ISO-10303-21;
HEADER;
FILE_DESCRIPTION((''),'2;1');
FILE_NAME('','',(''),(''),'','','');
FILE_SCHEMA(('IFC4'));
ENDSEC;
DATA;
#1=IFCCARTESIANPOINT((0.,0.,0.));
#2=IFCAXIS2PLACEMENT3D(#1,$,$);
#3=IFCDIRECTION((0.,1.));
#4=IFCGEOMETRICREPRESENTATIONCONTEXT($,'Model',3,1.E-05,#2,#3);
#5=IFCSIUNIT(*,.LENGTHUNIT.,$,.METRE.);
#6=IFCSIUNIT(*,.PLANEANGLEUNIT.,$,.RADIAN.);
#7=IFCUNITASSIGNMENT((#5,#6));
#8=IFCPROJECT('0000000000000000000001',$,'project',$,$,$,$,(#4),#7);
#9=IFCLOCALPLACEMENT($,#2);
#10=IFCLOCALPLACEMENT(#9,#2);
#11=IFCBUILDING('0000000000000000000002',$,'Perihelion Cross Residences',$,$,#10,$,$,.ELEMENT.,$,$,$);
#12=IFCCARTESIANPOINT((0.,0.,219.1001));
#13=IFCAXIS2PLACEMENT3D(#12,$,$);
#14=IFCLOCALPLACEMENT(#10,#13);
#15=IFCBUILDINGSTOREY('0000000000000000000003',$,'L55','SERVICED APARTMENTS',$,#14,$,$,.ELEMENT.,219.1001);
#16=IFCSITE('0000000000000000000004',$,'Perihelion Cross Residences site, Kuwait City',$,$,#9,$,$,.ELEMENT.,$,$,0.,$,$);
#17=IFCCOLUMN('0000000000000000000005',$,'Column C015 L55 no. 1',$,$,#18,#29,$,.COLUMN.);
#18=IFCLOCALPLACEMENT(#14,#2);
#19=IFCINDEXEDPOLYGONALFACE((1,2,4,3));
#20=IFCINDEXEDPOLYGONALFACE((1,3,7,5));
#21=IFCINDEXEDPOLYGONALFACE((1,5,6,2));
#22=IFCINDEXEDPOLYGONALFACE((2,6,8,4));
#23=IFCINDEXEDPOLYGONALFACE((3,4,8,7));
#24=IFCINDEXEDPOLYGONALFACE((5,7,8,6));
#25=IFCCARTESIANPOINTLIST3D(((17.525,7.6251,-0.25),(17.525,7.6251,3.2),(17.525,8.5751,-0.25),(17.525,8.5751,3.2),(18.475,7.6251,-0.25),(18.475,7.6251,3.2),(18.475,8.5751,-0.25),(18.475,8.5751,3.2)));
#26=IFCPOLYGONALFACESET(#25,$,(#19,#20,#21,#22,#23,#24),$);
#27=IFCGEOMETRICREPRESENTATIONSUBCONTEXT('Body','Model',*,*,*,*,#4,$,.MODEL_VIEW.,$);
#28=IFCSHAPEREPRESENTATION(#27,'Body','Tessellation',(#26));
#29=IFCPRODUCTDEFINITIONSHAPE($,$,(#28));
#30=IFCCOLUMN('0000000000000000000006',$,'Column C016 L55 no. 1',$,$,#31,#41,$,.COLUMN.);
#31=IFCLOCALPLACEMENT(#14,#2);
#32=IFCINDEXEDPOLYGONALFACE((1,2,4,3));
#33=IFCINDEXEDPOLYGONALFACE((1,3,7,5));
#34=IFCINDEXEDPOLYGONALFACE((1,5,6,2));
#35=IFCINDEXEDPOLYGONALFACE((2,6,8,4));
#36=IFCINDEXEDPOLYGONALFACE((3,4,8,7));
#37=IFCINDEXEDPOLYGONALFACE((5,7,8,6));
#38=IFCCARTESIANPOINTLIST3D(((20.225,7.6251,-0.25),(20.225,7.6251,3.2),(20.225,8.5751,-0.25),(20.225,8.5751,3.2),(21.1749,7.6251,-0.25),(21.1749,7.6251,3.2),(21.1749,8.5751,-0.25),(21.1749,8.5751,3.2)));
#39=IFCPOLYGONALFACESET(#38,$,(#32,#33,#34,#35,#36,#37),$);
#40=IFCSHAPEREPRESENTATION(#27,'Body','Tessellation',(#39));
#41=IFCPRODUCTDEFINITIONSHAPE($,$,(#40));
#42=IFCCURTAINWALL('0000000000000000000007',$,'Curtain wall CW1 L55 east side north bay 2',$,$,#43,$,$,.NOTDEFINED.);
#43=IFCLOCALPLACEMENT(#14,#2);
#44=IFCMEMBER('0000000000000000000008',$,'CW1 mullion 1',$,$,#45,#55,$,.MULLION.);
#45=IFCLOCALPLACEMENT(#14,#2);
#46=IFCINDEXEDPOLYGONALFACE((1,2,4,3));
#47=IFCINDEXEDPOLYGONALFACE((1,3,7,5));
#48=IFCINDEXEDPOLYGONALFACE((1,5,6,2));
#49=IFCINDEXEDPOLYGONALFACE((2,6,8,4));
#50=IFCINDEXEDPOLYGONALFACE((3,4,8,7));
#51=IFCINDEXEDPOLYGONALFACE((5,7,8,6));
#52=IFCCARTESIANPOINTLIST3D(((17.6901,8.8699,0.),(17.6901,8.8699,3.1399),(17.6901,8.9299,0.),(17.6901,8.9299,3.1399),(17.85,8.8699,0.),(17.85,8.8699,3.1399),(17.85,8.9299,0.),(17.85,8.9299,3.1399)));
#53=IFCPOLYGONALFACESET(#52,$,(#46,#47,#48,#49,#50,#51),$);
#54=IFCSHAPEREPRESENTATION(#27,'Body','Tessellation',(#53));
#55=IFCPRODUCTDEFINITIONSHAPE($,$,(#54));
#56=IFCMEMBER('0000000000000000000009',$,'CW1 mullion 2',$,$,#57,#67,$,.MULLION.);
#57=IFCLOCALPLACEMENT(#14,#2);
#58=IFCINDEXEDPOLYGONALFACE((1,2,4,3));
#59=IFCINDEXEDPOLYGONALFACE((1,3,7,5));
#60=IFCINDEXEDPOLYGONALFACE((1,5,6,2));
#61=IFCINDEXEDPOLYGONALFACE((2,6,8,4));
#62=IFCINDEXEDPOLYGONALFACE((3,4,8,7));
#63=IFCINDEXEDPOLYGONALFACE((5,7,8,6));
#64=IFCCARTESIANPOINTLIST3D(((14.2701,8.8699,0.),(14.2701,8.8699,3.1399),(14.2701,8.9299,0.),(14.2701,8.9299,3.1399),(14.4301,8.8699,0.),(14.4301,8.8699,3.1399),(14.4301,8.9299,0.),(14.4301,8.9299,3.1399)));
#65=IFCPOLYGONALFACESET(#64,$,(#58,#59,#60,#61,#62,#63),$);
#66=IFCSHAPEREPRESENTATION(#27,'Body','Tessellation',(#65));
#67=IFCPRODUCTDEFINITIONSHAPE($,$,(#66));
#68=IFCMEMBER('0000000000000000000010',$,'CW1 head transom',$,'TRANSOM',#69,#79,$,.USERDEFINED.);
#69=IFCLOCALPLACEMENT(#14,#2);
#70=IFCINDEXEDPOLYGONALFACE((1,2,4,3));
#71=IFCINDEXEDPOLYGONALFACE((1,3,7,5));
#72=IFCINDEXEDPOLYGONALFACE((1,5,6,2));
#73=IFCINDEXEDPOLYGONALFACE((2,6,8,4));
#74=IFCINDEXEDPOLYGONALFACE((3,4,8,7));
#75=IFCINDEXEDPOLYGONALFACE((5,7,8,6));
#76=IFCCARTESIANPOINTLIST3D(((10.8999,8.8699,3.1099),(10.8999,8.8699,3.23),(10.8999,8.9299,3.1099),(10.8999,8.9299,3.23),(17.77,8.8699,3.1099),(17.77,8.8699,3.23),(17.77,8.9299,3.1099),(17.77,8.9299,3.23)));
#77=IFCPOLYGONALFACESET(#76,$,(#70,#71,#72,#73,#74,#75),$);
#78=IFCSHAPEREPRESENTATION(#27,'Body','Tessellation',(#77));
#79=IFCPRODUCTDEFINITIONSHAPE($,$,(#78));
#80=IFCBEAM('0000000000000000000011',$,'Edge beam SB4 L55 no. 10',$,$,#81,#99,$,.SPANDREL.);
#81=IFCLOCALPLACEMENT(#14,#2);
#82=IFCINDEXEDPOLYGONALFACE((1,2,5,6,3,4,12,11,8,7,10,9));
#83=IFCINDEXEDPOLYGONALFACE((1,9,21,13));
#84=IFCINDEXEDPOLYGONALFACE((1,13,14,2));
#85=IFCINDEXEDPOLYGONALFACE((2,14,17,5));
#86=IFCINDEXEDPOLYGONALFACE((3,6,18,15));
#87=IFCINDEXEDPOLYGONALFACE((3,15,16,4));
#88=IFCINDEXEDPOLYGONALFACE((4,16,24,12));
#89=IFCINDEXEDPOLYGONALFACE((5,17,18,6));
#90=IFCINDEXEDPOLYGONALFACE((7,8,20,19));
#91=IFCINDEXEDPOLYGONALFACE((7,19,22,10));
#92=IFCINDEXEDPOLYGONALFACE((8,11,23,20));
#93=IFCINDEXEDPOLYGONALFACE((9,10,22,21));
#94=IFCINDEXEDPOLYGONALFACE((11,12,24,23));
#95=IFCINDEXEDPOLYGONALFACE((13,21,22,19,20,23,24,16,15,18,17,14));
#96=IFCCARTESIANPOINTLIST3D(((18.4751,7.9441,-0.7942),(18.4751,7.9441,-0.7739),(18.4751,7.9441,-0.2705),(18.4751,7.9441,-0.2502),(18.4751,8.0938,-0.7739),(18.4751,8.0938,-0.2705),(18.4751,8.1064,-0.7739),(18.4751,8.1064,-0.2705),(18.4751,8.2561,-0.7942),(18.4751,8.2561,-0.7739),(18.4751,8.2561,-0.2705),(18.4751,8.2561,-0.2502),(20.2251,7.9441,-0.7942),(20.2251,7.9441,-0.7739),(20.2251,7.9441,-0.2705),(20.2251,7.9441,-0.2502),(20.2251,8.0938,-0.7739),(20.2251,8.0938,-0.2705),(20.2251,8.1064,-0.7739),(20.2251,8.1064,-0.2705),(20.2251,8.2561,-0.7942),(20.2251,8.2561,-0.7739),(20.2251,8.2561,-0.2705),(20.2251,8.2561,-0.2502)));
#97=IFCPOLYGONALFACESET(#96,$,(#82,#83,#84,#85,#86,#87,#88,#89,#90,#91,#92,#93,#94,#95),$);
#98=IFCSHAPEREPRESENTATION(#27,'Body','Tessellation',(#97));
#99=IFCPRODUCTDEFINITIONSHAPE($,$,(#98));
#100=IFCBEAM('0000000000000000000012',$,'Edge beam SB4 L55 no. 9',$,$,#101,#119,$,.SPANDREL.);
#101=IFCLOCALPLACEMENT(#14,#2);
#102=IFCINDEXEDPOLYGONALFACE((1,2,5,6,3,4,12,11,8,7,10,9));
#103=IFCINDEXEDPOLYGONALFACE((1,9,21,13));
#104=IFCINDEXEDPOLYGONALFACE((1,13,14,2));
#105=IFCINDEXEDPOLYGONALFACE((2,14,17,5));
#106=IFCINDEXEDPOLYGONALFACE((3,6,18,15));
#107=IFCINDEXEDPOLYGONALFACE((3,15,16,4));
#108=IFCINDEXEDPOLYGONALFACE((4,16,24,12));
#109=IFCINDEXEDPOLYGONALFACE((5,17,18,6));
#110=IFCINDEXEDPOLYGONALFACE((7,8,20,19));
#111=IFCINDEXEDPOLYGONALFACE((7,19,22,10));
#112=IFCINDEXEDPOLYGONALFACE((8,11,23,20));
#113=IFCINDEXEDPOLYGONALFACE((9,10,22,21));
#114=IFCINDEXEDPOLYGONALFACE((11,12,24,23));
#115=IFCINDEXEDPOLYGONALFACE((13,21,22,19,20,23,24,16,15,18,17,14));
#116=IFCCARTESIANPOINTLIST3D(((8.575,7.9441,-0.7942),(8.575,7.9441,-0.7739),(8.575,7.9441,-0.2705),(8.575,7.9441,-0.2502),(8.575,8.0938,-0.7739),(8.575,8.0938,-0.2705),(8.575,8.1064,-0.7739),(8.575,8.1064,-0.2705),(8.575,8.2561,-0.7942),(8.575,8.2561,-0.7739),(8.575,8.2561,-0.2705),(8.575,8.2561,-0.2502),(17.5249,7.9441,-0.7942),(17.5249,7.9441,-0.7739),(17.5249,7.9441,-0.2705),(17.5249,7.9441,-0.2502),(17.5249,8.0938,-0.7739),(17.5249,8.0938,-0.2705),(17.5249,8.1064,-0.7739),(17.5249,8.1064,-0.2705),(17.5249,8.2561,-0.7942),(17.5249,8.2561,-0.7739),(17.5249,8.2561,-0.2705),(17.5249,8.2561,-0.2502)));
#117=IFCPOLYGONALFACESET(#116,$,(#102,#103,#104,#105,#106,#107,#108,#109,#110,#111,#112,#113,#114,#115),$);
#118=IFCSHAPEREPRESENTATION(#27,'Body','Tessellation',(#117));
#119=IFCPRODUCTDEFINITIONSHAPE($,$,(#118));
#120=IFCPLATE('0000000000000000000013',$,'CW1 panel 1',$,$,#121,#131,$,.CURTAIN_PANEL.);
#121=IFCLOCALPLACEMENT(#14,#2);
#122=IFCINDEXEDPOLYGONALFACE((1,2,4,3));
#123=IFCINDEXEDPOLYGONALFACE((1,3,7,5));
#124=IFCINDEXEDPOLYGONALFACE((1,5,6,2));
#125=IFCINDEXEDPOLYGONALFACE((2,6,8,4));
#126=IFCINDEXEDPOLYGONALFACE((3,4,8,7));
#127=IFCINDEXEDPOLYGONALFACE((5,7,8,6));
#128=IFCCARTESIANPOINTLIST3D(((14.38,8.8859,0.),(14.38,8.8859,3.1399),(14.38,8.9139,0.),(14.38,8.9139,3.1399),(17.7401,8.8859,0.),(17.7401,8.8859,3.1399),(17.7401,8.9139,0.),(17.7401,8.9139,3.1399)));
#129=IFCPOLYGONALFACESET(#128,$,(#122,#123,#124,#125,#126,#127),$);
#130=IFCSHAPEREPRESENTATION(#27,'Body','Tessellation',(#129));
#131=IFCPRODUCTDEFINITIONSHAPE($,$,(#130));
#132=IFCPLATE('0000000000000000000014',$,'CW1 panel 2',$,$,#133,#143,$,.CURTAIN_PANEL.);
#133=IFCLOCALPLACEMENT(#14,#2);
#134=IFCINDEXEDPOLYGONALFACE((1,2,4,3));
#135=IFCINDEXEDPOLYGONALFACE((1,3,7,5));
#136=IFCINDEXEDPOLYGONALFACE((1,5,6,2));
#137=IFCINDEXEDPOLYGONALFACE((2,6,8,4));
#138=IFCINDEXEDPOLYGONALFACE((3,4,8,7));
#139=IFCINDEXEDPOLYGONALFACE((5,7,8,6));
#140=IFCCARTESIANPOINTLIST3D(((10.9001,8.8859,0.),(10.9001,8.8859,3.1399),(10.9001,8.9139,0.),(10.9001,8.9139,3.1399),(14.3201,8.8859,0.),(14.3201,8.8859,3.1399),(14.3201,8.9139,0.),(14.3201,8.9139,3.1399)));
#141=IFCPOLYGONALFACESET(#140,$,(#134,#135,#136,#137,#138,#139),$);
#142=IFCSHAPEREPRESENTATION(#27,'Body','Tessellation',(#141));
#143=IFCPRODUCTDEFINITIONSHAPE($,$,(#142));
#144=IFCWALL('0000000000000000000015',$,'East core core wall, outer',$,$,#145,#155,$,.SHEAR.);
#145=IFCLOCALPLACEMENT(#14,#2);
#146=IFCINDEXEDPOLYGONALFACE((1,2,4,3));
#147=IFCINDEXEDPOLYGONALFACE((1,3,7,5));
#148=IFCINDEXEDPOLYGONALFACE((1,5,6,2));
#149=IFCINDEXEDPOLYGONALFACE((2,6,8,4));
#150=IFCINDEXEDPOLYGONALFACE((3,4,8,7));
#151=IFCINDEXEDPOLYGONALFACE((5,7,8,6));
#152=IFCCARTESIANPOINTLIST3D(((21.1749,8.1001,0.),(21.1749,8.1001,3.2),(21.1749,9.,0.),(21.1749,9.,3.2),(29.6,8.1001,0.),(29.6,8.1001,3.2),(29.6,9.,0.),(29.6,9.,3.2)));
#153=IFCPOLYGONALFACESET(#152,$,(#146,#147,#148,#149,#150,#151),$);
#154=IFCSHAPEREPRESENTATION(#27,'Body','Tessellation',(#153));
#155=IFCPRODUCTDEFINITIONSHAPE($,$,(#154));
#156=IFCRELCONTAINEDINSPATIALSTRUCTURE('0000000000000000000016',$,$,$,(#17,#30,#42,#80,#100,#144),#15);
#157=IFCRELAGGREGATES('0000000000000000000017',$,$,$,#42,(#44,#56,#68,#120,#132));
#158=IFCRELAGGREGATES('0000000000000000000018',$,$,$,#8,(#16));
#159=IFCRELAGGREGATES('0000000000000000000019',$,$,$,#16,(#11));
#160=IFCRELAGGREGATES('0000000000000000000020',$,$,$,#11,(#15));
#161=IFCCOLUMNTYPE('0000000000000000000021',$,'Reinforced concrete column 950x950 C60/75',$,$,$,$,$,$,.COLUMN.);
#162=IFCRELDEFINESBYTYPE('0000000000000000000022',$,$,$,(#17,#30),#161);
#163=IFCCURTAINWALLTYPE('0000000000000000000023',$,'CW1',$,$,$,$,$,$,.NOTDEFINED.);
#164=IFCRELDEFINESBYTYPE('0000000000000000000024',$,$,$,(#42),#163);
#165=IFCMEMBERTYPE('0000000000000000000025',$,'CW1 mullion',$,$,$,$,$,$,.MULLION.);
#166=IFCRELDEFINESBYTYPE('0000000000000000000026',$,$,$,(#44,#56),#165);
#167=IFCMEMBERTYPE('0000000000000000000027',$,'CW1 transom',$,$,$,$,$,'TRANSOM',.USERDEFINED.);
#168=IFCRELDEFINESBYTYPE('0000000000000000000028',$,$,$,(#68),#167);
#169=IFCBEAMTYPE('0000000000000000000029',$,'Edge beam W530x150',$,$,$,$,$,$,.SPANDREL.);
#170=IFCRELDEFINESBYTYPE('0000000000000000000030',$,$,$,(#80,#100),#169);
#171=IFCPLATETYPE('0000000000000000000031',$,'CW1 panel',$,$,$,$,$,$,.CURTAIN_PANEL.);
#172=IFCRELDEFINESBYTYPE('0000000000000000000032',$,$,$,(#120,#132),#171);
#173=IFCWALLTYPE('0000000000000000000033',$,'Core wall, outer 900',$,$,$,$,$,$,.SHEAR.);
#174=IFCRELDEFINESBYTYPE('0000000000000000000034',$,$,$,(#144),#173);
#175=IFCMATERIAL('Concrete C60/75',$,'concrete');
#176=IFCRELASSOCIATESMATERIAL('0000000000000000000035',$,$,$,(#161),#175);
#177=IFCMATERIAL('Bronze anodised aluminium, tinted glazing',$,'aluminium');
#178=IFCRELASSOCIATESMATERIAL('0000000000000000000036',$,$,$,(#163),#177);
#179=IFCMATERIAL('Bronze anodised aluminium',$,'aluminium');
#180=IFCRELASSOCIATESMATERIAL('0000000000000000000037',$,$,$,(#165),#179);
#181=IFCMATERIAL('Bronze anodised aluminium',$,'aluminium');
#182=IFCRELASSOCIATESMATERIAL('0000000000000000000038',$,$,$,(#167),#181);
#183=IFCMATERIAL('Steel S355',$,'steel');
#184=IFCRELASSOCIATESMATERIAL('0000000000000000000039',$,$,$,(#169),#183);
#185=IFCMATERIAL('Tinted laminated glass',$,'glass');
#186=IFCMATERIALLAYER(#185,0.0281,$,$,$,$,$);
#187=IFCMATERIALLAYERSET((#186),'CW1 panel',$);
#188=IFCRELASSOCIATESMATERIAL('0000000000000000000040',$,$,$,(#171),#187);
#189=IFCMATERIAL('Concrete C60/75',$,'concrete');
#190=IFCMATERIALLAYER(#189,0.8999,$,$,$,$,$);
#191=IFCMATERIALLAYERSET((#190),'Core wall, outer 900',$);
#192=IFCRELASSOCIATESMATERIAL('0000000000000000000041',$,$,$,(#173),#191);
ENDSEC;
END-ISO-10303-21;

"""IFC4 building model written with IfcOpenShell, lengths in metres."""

from ifc_helpers import new_model, si_unit, direction, frame, frame_2d, origin, origin_2d, place, context, subcontext, project, spatial, rectangle, i_section, extrude, material, layer, layer_set, material_profile, profile_set, type_object, element, aggregate, save


model = new_model("IFC4")

# Units and contexts
model_context = context("Model", 3, precision=1e-05, world=origin(), true_north=direction((0.0, 1.0)))
body_context = subcontext(model_context, "Body", "Model", "MODEL_VIEW")
ifc_project = project(units=[si_unit("LENGTHUNIT", "METRE"), si_unit("PLANEANGLEUNIT", "RADIAN")], contexts=[model_context])

# Site, building, storey
site_placement = place(None, origin())
site = spatial("IfcSite", under=ifc_project, at=site_placement, Name="Perihelion Cross Residences site, Kuwait City", CompositionType="ELEMENT", RefElevation=0.0)
building_placement = place(site_placement, origin())
building = spatial("IfcBuilding", under=site, at=building_placement, Name="Perihelion Cross Residences", CompositionType="ELEMENT")
storey_placement = place(building_placement, frame((0.0, 0.0, 219.1001)))
storey = spatial("IfcBuildingStorey", under=building, at=storey_placement, Name="L55", Description="SERVICED APARTMENTS", CompositionType="ELEMENT", Elevation=219.1001)

# Columns
ifc_material_1 = material(Name="Concrete C60/75", Category="concrete")
ifc_material_profile_1 = material_profile(ifc_material_1, rectangle(XDim=0.95, YDim=0.95, at=origin_2d()), Name="RC 950x950")
ifc_profile_set_1 = profile_set([ifc_material_profile_1], Name="Concrete C60/75")
column_type = type_object("IfcColumnType", Name="Reinforced concrete column 950x950 C60/75", PredefinedType="COLUMN", material=ifc_profile_set_1)
for number, where, z_axis, x_axis, name in (
    (1, (18.0, 8.1001, -0.25), (0.0, 0.0, 1.0), (1.0, 0.0, 0.0), "Column C015 L55 no. 1"),
    (2, (20.7, 8.1001, -0.25), (0.0, 0.0, 1.0), (1.0, 0.0, 0.0), "Column C016 L55 no. 1"),
):
    element("IfcColumn", number, at=place(storey_placement, frame(where, z_axis=z_axis, x_axis=x_axis)), inside=storey, type_object=column_type, Name=name, PredefinedType="COLUMN", context=body_context, shape_type="SweptSolid", body=[
        extrude(rectangle(XDim=0.95, YDim=0.95, at=origin_2d()), origin(), (0.0, 0.0, 1.0), 3.45),
    ])

# Curtain wall, members
ifc_material_2 = material(Name="Bronze anodised aluminium, tinted glazing", Category="aluminium")
curtain_wall_type = type_object("IfcCurtainWallType", Name="CW1", PredefinedType="NOTDEFINED", material=ifc_material_2)
curtain_wall_placement = place(storey_placement, origin())
curtain_wall = element("IfcCurtainWall", 3, at=curtain_wall_placement, inside=storey, type_object=curtain_wall_type, Name="Curtain wall CW1 L55 east side north bay 2", PredefinedType="NOTDEFINED")
ifc_material_3 = material(Name="Bronze anodised aluminium", Category="aluminium")
ifc_material_profile_2 = material_profile(ifc_material_3, rectangle(XDim=0.0601, YDim=0.1599, at=origin_2d()), Name="CW1 mullion")
ifc_profile_set_2 = profile_set([ifc_material_profile_2], Name="Bronze anodised aluminium")
member_type_1 = type_object("IfcMemberType", Name="CW1 mullion", PredefinedType="MULLION", material=ifc_profile_set_2)
member_1_placement = place(storey_placement, frame((17.77, 8.8999, 0.0), z_axis=(0.0, 0.0, 1.0), x_axis=(0.0, -1.0, 0.0)))
member_1 = element("IfcMember", 4, at=member_1_placement, type_object=member_type_1, Name="CW1 mullion 1", PredefinedType="MULLION", context=body_context, shape_type="SweptSolid", body=[
    extrude(rectangle(XDim=0.0601, YDim=0.1599, at=origin_2d()), origin(), (0.0, 0.0, 1.0), 3.1399),
])
member_2_placement = place(storey_placement, frame((14.3501, 8.8999, 0.0), z_axis=(0.0, 0.0, 1.0), x_axis=(0.0, -1.0, 0.0)))
member_2 = element("IfcMember", 5, at=member_2_placement, type_object=member_type_1, Name="CW1 mullion 2", PredefinedType="MULLION", context=body_context, shape_type="SweptSolid", body=[
    extrude(rectangle(XDim=0.0601, YDim=0.1599, at=origin_2d()), origin(), (0.0, 0.0, 1.0), 3.1399),
])
ifc_material_4 = material(Name="Bronze anodised aluminium", Category="aluminium")
ifc_material_profile_3 = material_profile(ifc_material_4, rectangle(XDim=0.0601, YDim=0.1201, at=origin_2d()), Name="CW1 transom")
ifc_profile_set_3 = profile_set([ifc_material_profile_3], Name="Bronze anodised aluminium")
member_type_2 = type_object("IfcMemberType", Name="CW1 transom", ElementType="TRANSOM", PredefinedType="USERDEFINED", material=ifc_profile_set_3)
member_3_placement = place(storey_placement, frame((17.77, 8.8999, 3.1699), z_axis=(-1.0, 0.0, 0.0), x_axis=(0.0, -1.0, 0.0)))
member_3 = element("IfcMember", 6, at=member_3_placement, type_object=member_type_2, Name="CW1 head transom", ObjectType="TRANSOM", PredefinedType="USERDEFINED", context=body_context, shape_type="SweptSolid", body=[
    extrude(rectangle(XDim=0.0601, YDim=0.1201, at=origin_2d()), origin(), (0.0, 0.0, 1.0), 6.8701),
])

# Beams
ifc_material_5 = material(Name="Steel S355", Category="steel")
ifc_material_profile_4 = material_profile(ifc_material_5, i_section(OverallWidth=0.312, OverallDepth=0.5439, WebThickness=0.0127, FlangeThickness=0.0203, at=origin_2d()), Name="W530x150")
ifc_profile_set_4 = profile_set([ifc_material_profile_4], Name="Steel S355")
beam_type = type_object("IfcBeamType", Name="Edge beam W530x150", PredefinedType="SPANDREL", material=ifc_profile_set_4)
beam_1_placement = place(storey_placement, frame((20.2251, 8.1001, -0.5222), z_axis=(-1.0, 0.0, 0.0), x_axis=(0.0, -1.0, 0.0)))
element("IfcBeam", 7, at=beam_1_placement, inside=storey, type_object=beam_type, Name="Edge beam SB4 L55 no. 10", PredefinedType="SPANDREL", context=body_context, shape_type="SweptSolid", body=[
    extrude(i_section(OverallWidth=0.312, OverallDepth=0.5439, WebThickness=0.0127, FlangeThickness=0.0203, at=origin_2d()), origin(), (0.0, 0.0, 1.0), 1.75),
])
beam_2_placement = place(storey_placement, frame((17.5249, 8.1001, -0.5222), z_axis=(-1.0, 0.0, 0.0), x_axis=(0.0, -1.0, 0.0)))
element("IfcBeam", 8, at=beam_2_placement, inside=storey, type_object=beam_type, Name="Edge beam SB4 L55 no. 9", PredefinedType="SPANDREL", context=body_context, shape_type="SweptSolid", body=[
    extrude(i_section(OverallWidth=0.312, OverallDepth=0.5439, WebThickness=0.0127, FlangeThickness=0.0203, at=origin_2d()), origin(), (0.0, 0.0, 1.0), 8.95),
])

# Plates
ifc_material_6 = material(Name="Tinted laminated glass", Category="glass")
ifc_layer_1 = layer(ifc_material_6, 0.0281)
ifc_layer_set_1 = layer_set([ifc_layer_1], Name="CW1 panel")
plate_type = type_object("IfcPlateType", Name="CW1 panel", PredefinedType="CURTAIN_PANEL", material=ifc_layer_set_1)
plate_1_placement = place(storey_placement, frame((16.0601, 8.8999, 0.0), z_axis=(0.0, 0.0, 1.0), x_axis=(-1.0, 0.0, 0.0)))
plate_1 = element("IfcPlate", 9, at=plate_1_placement, type_object=plate_type, Name="CW1 panel 1", PredefinedType="CURTAIN_PANEL", context=body_context, shape_type="SweptSolid", body=[
    extrude(rectangle(XDim=3.3601, YDim=0.0281, at=origin_2d()), origin(), (0.0, 0.0, 1.0), 3.1399),
])
plate_2_placement = place(storey_placement, frame((12.6101, 8.8999, 0.0), z_axis=(0.0, 0.0, 1.0), x_axis=(-1.0, 0.0, 0.0)))
plate_2 = element("IfcPlate", 10, at=plate_2_placement, type_object=plate_type, Name="CW1 panel 2", PredefinedType="CURTAIN_PANEL", context=body_context, shape_type="SweptSolid", body=[
    extrude(rectangle(XDim=3.4199, YDim=0.0281, at=origin_2d()), origin(), (0.0, 0.0, 1.0), 3.1399),
])
aggregate(curtain_wall, [member_1, member_2, member_3, plate_1, plate_2])

# Wall
ifc_material_7 = material(Name="Concrete C60/75", Category="concrete")
ifc_layer_2 = layer(ifc_material_7, 0.8999)
ifc_layer_set_2 = layer_set([ifc_layer_2], Name="Core wall, outer 900")
wall_type_1 = type_object("IfcWallType", Name="Core wall, outer 900", PredefinedType="SHEAR", material=ifc_layer_set_2)
wall_1_placement = place(storey_placement, frame((21.175, 8.55, 0.0), z_axis=(0.0, 0.0, 1.0), x_axis=(1.0, 0.0, 0.0)))
element("IfcWall", 11, at=wall_1_placement, inside=storey, type_object=wall_type_1, Name="East core core wall, outer", PredefinedType="SHEAR", context=body_context, shape_type="SweptSolid", body=[
    extrude(rectangle(XDim=8.425, YDim=0.8999, at=frame_2d((4.2124, 0.0))), origin(), (0.0, 0.0, 1.0), 3.2),
])

save(model, "model.ifc")
